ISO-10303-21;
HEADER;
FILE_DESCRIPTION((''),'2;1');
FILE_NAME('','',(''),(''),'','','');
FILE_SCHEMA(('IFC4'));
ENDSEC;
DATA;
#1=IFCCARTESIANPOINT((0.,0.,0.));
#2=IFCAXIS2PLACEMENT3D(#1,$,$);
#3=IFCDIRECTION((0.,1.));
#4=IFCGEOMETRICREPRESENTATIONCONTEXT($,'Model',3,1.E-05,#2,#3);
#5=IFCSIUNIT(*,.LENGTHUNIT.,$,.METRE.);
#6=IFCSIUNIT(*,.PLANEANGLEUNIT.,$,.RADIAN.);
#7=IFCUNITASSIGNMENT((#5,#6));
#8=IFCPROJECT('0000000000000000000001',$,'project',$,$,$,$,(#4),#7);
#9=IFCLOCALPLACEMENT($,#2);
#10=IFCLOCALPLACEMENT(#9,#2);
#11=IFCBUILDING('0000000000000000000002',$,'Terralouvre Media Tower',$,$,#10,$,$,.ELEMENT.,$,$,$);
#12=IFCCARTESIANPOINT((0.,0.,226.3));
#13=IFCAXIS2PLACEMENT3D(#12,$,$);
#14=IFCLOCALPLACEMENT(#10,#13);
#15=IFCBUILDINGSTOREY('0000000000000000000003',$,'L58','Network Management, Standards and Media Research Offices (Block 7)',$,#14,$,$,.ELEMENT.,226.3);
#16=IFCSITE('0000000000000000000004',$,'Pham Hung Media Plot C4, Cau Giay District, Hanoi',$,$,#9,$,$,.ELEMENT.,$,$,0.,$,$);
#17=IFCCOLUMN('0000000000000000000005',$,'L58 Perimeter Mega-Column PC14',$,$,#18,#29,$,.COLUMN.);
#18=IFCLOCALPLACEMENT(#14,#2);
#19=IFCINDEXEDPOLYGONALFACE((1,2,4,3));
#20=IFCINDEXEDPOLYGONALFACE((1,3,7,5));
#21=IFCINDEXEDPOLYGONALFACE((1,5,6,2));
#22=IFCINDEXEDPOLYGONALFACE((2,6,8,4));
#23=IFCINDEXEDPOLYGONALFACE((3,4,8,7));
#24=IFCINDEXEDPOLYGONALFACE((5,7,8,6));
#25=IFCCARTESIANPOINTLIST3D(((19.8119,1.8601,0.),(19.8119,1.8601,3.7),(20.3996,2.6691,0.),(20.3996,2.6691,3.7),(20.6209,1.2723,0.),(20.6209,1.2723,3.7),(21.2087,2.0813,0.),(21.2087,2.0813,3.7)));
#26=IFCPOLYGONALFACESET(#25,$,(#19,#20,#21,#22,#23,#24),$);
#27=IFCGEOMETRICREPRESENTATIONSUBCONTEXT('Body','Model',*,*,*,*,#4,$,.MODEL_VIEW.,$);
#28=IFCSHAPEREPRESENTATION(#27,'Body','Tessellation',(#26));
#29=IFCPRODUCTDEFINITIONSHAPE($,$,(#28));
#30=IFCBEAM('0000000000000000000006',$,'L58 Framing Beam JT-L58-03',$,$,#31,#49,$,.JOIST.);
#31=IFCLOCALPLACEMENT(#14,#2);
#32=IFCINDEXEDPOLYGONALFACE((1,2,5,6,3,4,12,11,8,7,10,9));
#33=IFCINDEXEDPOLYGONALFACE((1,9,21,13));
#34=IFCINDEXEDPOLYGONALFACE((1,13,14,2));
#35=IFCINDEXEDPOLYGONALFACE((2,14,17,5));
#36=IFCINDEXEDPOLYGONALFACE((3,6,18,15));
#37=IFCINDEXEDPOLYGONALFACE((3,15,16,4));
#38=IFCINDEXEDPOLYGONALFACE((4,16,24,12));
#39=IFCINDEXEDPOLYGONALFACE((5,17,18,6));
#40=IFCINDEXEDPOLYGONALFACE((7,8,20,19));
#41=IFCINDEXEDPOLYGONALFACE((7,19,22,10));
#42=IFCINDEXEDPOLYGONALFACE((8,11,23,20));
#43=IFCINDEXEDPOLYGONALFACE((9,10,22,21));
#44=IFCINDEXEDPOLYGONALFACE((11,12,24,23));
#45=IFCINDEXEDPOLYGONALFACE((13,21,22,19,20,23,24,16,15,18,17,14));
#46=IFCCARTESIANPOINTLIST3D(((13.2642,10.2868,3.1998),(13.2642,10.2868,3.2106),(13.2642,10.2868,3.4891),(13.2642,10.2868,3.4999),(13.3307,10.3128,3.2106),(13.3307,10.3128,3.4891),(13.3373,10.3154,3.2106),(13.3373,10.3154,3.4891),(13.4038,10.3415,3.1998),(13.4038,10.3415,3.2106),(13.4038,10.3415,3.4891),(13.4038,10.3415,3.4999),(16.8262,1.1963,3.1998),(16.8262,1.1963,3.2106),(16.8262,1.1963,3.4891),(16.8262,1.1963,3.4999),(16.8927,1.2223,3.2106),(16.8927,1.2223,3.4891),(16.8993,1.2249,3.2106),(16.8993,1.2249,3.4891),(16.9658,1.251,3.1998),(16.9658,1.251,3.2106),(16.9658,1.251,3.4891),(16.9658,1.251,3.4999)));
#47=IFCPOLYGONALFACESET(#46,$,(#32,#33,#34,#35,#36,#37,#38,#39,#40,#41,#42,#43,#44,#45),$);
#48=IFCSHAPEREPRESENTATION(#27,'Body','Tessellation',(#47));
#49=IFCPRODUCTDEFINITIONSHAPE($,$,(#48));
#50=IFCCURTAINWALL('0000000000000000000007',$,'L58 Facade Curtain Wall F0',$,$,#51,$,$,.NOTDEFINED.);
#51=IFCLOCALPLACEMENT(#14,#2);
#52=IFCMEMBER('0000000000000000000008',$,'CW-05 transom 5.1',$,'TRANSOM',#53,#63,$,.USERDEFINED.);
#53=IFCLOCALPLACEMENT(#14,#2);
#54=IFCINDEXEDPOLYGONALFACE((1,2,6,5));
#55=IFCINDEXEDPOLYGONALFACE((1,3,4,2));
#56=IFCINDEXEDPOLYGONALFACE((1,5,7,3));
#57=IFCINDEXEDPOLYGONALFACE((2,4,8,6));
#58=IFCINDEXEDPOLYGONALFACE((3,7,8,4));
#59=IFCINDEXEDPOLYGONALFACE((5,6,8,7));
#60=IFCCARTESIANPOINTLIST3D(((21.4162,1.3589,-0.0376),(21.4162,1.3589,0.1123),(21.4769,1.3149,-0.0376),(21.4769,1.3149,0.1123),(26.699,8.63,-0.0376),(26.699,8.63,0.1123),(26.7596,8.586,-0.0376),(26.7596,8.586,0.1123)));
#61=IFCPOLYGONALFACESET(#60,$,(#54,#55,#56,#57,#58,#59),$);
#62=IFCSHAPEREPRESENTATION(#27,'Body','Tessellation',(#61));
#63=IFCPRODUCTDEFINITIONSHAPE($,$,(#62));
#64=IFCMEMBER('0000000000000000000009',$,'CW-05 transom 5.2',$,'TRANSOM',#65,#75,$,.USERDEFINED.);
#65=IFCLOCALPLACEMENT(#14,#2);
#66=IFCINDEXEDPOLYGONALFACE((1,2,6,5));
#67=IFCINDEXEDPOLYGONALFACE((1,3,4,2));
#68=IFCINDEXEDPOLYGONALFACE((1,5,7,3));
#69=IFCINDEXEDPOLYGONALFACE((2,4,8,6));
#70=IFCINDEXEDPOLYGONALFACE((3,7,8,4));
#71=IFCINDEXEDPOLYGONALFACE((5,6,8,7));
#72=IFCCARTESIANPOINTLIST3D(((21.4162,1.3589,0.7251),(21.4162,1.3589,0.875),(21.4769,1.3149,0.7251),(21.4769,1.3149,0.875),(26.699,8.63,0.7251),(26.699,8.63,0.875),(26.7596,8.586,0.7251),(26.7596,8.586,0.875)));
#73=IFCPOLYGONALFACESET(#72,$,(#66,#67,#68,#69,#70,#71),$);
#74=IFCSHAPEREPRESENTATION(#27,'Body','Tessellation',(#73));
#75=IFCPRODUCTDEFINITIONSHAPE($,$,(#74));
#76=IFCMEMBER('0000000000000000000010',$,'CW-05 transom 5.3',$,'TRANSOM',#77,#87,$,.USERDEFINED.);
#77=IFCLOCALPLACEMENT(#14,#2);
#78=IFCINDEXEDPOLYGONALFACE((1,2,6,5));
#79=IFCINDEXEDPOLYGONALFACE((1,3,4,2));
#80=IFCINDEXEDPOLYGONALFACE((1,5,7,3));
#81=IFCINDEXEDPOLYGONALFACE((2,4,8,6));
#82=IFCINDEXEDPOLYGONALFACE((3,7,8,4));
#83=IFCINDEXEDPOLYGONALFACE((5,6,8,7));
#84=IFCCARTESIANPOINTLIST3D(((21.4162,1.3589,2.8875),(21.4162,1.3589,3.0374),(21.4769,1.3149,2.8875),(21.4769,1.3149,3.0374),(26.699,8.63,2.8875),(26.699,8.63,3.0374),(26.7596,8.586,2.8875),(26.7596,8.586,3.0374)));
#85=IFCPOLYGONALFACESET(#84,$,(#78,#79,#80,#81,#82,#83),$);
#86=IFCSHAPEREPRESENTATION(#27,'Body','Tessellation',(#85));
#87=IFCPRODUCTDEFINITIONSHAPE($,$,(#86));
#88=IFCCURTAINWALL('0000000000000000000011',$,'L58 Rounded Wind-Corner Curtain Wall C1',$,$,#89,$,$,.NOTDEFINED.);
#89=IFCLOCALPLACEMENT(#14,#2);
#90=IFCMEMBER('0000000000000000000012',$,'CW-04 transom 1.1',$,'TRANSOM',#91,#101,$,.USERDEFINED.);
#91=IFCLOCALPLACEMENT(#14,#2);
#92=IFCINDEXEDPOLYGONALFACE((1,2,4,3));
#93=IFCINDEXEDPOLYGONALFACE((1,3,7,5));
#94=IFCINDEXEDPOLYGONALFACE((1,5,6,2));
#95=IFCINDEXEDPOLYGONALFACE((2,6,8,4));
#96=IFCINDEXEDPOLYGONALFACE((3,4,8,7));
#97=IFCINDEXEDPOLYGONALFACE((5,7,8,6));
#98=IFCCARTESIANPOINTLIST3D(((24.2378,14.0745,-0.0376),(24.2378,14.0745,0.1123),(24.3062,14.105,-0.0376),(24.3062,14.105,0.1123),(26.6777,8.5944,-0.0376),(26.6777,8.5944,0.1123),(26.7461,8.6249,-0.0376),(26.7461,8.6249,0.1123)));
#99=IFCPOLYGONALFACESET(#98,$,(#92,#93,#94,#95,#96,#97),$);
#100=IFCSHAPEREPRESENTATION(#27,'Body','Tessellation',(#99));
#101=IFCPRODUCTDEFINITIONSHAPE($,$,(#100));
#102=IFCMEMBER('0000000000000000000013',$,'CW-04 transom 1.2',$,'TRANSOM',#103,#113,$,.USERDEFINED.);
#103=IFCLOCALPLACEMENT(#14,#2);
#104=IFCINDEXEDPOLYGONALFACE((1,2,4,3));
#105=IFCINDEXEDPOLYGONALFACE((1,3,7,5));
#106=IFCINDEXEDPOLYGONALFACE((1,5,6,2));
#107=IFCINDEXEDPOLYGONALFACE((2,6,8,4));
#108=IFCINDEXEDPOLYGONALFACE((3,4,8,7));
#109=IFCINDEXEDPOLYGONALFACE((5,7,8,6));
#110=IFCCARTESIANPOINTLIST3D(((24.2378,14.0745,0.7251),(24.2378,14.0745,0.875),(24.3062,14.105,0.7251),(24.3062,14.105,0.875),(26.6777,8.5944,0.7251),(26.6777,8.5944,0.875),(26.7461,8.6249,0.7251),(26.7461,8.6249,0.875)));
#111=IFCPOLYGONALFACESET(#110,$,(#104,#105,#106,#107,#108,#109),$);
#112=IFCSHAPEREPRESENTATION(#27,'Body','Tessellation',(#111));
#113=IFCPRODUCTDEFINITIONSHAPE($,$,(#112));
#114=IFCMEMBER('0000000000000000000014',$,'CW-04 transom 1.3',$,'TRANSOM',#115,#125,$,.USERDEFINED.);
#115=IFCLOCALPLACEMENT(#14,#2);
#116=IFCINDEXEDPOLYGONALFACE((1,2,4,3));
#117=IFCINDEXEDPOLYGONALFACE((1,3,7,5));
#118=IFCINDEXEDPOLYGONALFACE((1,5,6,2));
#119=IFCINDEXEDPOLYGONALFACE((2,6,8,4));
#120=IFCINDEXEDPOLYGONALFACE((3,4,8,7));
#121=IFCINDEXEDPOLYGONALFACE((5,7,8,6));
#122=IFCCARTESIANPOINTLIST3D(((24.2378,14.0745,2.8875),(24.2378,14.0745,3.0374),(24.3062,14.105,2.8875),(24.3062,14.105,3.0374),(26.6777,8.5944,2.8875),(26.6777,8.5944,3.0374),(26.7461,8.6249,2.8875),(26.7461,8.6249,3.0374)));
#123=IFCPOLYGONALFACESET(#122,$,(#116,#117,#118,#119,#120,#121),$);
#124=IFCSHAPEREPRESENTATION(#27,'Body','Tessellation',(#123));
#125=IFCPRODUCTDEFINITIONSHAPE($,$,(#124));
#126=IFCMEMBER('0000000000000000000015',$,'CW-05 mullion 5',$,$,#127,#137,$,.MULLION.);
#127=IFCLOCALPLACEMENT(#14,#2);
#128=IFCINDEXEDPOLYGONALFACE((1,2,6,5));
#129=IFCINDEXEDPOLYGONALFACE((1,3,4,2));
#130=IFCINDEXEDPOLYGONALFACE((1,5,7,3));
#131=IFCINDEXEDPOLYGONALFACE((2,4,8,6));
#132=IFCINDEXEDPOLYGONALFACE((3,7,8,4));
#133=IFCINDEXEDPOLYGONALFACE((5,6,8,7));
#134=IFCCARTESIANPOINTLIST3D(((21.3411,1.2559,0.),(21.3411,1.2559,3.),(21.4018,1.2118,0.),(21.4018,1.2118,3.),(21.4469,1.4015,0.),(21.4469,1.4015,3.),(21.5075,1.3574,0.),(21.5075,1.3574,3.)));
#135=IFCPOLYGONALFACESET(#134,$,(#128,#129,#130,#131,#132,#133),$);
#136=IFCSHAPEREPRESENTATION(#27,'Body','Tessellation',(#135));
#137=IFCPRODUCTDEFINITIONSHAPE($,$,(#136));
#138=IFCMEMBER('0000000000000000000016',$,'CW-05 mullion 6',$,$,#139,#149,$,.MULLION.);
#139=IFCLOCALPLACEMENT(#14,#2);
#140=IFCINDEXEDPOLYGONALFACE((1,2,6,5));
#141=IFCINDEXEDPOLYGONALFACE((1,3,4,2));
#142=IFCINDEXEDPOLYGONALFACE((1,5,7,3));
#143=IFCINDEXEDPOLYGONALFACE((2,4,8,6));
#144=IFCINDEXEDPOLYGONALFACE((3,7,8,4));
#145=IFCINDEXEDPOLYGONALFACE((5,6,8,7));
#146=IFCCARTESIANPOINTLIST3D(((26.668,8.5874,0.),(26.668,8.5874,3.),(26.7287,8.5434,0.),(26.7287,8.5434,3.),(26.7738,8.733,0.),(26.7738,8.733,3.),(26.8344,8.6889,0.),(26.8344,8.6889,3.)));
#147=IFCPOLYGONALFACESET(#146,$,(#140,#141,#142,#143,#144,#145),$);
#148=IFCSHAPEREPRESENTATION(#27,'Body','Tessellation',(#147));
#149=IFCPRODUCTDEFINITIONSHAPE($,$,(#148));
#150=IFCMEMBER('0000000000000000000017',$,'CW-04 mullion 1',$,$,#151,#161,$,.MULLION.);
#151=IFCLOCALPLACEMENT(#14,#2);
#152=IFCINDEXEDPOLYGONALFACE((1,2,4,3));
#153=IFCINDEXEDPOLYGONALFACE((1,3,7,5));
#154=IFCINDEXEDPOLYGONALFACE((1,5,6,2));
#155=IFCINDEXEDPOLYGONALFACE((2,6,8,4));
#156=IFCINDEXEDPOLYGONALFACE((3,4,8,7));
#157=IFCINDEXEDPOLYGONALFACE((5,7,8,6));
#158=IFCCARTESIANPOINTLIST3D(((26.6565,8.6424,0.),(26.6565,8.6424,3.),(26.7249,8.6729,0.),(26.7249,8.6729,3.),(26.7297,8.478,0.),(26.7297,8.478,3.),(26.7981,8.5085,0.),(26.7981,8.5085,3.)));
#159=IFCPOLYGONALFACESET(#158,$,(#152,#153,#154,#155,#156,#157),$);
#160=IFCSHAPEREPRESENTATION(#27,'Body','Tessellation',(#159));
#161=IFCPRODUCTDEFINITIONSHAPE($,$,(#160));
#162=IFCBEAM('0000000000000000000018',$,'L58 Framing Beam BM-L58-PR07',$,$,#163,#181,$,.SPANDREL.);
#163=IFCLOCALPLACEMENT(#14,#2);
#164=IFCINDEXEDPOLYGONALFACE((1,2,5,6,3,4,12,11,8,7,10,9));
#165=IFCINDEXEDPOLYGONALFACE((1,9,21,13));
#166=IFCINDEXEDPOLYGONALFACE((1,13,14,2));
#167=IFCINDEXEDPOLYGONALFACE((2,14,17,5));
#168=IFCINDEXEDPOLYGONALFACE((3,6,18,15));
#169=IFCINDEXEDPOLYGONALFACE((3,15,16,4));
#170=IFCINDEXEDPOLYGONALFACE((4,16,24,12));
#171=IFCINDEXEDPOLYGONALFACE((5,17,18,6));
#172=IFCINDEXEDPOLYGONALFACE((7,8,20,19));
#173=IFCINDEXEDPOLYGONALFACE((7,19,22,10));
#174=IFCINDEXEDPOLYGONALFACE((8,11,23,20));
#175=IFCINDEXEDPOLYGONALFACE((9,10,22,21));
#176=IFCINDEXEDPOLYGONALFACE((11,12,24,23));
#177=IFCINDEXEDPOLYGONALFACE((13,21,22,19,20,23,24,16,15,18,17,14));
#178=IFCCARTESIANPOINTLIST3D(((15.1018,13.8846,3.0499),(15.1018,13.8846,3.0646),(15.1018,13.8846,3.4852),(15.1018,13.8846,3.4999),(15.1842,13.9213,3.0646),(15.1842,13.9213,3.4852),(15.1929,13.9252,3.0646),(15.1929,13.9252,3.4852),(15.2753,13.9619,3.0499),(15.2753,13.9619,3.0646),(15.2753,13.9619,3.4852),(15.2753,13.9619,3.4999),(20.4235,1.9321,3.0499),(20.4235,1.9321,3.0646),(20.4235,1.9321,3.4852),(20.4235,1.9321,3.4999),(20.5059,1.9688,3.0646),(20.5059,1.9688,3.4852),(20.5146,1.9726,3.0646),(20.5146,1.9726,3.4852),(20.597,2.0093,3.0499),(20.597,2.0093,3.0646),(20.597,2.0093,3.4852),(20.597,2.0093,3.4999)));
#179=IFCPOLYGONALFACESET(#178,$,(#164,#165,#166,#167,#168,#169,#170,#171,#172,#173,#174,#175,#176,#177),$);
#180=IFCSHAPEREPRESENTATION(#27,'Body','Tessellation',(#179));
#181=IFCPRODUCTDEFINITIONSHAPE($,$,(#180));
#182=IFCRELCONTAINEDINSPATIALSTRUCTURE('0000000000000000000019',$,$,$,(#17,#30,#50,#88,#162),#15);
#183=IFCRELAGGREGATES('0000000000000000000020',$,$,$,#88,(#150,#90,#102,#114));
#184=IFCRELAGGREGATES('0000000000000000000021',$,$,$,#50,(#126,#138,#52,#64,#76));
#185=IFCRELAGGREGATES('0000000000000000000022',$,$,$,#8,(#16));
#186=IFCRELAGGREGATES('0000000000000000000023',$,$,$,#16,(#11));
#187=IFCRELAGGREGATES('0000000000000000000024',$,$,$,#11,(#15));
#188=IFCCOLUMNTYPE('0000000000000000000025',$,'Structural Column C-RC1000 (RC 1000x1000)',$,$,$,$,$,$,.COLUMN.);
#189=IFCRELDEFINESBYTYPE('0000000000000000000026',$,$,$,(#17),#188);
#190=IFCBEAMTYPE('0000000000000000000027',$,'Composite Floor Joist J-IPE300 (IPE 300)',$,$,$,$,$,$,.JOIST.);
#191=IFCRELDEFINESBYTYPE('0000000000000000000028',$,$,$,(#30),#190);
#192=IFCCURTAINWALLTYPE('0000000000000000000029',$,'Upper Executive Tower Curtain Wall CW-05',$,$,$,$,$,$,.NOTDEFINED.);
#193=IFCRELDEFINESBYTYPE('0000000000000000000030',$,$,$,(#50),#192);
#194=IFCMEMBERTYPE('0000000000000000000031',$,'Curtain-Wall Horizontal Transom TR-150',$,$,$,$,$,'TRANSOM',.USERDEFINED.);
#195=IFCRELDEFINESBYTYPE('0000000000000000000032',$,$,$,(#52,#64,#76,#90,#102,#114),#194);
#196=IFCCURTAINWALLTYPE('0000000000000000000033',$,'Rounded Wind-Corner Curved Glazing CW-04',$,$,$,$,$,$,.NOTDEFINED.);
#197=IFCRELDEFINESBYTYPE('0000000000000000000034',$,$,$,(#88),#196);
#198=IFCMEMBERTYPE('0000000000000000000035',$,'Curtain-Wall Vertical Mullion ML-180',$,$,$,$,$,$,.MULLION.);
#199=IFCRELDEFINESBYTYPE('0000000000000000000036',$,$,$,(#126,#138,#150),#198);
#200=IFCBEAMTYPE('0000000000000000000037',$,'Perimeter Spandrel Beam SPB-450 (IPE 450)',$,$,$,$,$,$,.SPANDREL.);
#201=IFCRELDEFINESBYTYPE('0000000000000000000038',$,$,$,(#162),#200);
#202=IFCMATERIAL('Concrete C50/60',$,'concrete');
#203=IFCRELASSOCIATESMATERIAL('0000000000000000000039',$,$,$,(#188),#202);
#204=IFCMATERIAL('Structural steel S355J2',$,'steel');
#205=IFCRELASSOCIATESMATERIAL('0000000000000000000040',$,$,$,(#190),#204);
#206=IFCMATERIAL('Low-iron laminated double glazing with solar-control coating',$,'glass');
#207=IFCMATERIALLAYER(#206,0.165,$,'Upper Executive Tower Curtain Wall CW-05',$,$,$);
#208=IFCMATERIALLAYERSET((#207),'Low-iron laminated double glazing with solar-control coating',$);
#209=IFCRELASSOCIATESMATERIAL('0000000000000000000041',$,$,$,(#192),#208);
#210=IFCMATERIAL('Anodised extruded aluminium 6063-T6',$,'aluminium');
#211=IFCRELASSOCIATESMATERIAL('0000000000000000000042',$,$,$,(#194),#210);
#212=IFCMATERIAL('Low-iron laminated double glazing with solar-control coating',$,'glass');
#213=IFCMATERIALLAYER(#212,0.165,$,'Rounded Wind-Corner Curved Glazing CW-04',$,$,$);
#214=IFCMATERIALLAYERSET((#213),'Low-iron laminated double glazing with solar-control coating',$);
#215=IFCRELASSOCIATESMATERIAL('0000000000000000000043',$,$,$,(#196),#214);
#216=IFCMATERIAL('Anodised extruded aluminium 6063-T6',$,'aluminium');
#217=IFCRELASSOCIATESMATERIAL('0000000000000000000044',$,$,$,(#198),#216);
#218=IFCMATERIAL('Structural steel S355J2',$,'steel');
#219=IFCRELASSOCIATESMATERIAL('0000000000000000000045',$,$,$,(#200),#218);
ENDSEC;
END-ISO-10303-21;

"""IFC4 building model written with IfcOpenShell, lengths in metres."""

from ifc_helpers import new_model, si_unit, direction, frame, origin, origin_2d, place, context, subcontext, project, spatial, rectangle, i_section, extrude, material, layer, layer_set, material_profile, profile_set, type_object, element, aggregate, save


model = new_model("IFC4")

# Units and contexts
model_context = context("Model", 3, precision=1e-05, world=origin(), true_north=direction((0.0, 1.0)))
body_context = subcontext(model_context, "Body", "Model", "MODEL_VIEW")
ifc_project = project(units=[si_unit("LENGTHUNIT", "METRE"), si_unit("PLANEANGLEUNIT", "RADIAN")], contexts=[model_context])

# Site, building, storey
site_placement = place(None, origin())
site = spatial("IfcSite", under=ifc_project, at=site_placement, Name="Pham Hung Media Plot C4, Cau Giay District, Hanoi", CompositionType="ELEMENT", RefElevation=0.0)
building_placement = place(site_placement, origin())
building = spatial("IfcBuilding", under=site, at=building_placement, Name="Terralouvre Media Tower", CompositionType="ELEMENT")
storey_placement = place(building_placement, frame((0.0, 0.0, 226.3)))
storey = spatial("IfcBuildingStorey", under=building, at=storey_placement, Name="L58", Description="Network Management, Standards and Media Research Offices (Block 7)", CompositionType="ELEMENT", Elevation=226.3)

# Column
ifc_material_1 = material(Name="Concrete C50/60", Category="concrete")
ifc_material_profile_1 = material_profile(ifc_material_1, rectangle(XDim=1.0, YDim=1.0, at=origin_2d()), Name="RC 1000x1000")
ifc_profile_set_1 = profile_set([ifc_material_profile_1], Name="Concrete C50/60")
column_type = type_object("IfcColumnType", Name="Structural Column C-RC1000 (RC 1000x1000)", PredefinedType="COLUMN", material=ifc_profile_set_1)
column_placement = place(storey_placement, frame((20.5103, 1.9707, 0.0), z_axis=(0.0, 0.0, 1.0), x_axis=(0.587785, 0.809017, 0.0)))
element("IfcColumn", 1, at=column_placement, inside=storey, type_object=column_type, Name="L58 Perimeter Mega-Column PC14", PredefinedType="COLUMN", context=body_context, shape_type="SweptSolid", body=[
    extrude(rectangle(XDim=1.0, YDim=1.0, at=origin_2d()), origin(), (0.0, 0.0, 1.0), 3.7),
])

# Beam
ifc_material_2 = material(Name="Structural steel S355J2", Category="steel")
ifc_material_profile_2 = material_profile(ifc_material_2, i_section(OverallWidth=0.1499, OverallDepth=0.3, WebThickness=0.0071, FlangeThickness=0.0107, at=origin_2d()), Name="IPE 300")
ifc_profile_set_2 = profile_set([ifc_material_profile_2], Name="Structural steel S355J2")
beam_type_1 = type_object("IfcBeamType", Name="Composite Floor Joist J-IPE300 (IPE 300)", PredefinedType="JOIST", material=ifc_profile_set_2)
beam_1_placement = place(storey_placement, frame((16.896, 1.2236, 3.3499), z_axis=(-0.364828, 0.931075, 0.0), x_axis=(-0.931075, -0.364828, 0.0)))
element("IfcBeam", 2, at=beam_1_placement, inside=storey, type_object=beam_type_1, Name="L58 Framing Beam JT-L58-03", PredefinedType="JOIST", context=body_context, shape_type="SweptSolid", body=[
    extrude(i_section(OverallWidth=0.1499, OverallDepth=0.3, WebThickness=0.0071, FlangeThickness=0.0107, at=origin_2d()), origin(), (0.0, 0.0, 1.0), 9.7634),
])

# Curtain walls, members
ifc_material_3 = material(Name="Low-iron laminated double glazing with solar-control coating", Category="glass")
ifc_layer_1 = layer(ifc_material_3, 0.165, Name="Upper Executive Tower Curtain Wall CW-05")
ifc_layer_set_1 = layer_set([ifc_layer_1], Name="Low-iron laminated double glazing with solar-control coating")
curtain_wall_type_1 = type_object("IfcCurtainWallType", Name="Upper Executive Tower Curtain Wall CW-05", PredefinedType="NOTDEFINED", material=ifc_layer_set_1)
curtain_wall_1_placement = place(storey_placement, origin())
curtain_wall_1 = element("IfcCurtainWall", 3, at=curtain_wall_1_placement, inside=storey, type_object=curtain_wall_type_1, Name="L58 Facade Curtain Wall F0", PredefinedType="NOTDEFINED")
ifc_material_4 = material(Name="Anodised extruded aluminium 6063-T6", Category="aluminium")
ifc_material_profile_3 = material_profile(ifc_material_4, rectangle(XDim=0.075, YDim=0.1499, at=origin_2d()), Name="ALU 75x150")
ifc_profile_set_3 = profile_set([ifc_material_profile_3], Name="Anodised extruded aluminium 6063-T6")
member_type_1 = type_object("IfcMemberType", Name="Curtain-Wall Horizontal Transom TR-150", ElementType="TRANSOM", PredefinedType="USERDEFINED", material=ifc_profile_set_3)
member_1_placement = place(storey_placement, frame((21.4465, 1.3369, 0.0374), z_axis=(0.587787, 0.809016, 0.0), x_axis=(-0.809016, 0.587787, 0.0)))
member_1 = element("IfcMember", 4, at=member_1_placement, type_object=member_type_1, Name="CW-05 transom 5.1", ObjectType="TRANSOM", PredefinedType="USERDEFINED", context=body_context, shape_type="SweptSolid", body=[
    extrude(rectangle(XDim=0.075, YDim=0.1499, at=origin_2d()), origin(), (0.0, 0.0, 1.0), 8.9875),
])
member_2_placement = place(storey_placement, frame((21.4465, 1.3369, 0.8), z_axis=(0.587787, 0.809016, 0.0), x_axis=(-0.809016, 0.587787, 0.0)))
member_2 = element("IfcMember", 5, at=member_2_placement, type_object=member_type_1, Name="CW-05 transom 5.2", ObjectType="TRANSOM", PredefinedType="USERDEFINED", context=body_context, shape_type="SweptSolid", body=[
    extrude(rectangle(XDim=0.075, YDim=0.1499, at=origin_2d()), origin(), (0.0, 0.0, 1.0), 8.9875),
])
member_3_placement = place(storey_placement, frame((21.4465, 1.3369, 2.9624), z_axis=(0.587787, 0.809016, 0.0), x_axis=(-0.809016, 0.587787, 0.0)))
member_3 = element("IfcMember", 6, at=member_3_placement, type_object=member_type_1, Name="CW-05 transom 5.3", ObjectType="TRANSOM", PredefinedType="USERDEFINED", context=body_context, shape_type="SweptSolid", body=[
    extrude(rectangle(XDim=0.075, YDim=0.1499, at=origin_2d()), origin(), (0.0, 0.0, 1.0), 8.9875),
])
ifc_material_5 = material(Name="Low-iron laminated double glazing with solar-control coating", Category="glass")
ifc_layer_2 = layer(ifc_material_5, 0.165, Name="Rounded Wind-Corner Curved Glazing CW-04")
ifc_layer_set_2 = layer_set([ifc_layer_2], Name="Low-iron laminated double glazing with solar-control coating")
curtain_wall_type_2 = type_object("IfcCurtainWallType", Name="Rounded Wind-Corner Curved Glazing CW-04", PredefinedType="NOTDEFINED", material=ifc_layer_set_2)
curtain_wall_2_placement = place(storey_placement, origin())
curtain_wall_2 = element("IfcCurtainWall", 7, at=curtain_wall_2_placement, inside=storey, type_object=curtain_wall_type_2, Name="L58 Rounded Wind-Corner Curtain Wall C1", PredefinedType="NOTDEFINED")
member_4_placement = place(storey_placement, frame((26.7119, 8.6096, 0.0374), z_axis=(-0.406735, 0.913546, 0.0), x_axis=(-0.913546, -0.406735, 0.0)))
member_4 = element("IfcMember", 8, at=member_4_placement, type_object=member_type_1, Name="CW-04 transom 1.1", ObjectType="TRANSOM", PredefinedType="USERDEFINED", context=body_context, shape_type="SweptSolid", body=[
    extrude(rectangle(XDim=0.075, YDim=0.1499, at=origin_2d()), origin(), (0.0, 0.0, 1.0), 5.9988),
])
member_5_placement = place(storey_placement, frame((26.7119, 8.6096, 0.8), z_axis=(-0.406735, 0.913546, 0.0), x_axis=(-0.913546, -0.406735, 0.0)))
member_5 = element("IfcMember", 9, at=member_5_placement, type_object=member_type_1, Name="CW-04 transom 1.2", ObjectType="TRANSOM", PredefinedType="USERDEFINED", context=body_context, shape_type="SweptSolid", body=[
    extrude(rectangle(XDim=0.075, YDim=0.1499, at=origin_2d()), origin(), (0.0, 0.0, 1.0), 5.9988),
])
member_6_placement = place(storey_placement, frame((26.7119, 8.6096, 2.9624), z_axis=(-0.406735, 0.913546, 0.0), x_axis=(-0.913546, -0.406735, 0.0)))
member_6 = element("IfcMember", 10, at=member_6_placement, type_object=member_type_1, Name="CW-04 transom 1.3", ObjectType="TRANSOM", PredefinedType="USERDEFINED", context=body_context, shape_type="SweptSolid", body=[
    extrude(rectangle(XDim=0.075, YDim=0.1499, at=origin_2d()), origin(), (0.0, 0.0, 1.0), 5.9988),
])

# Members
ifc_material_6 = material(Name="Anodised extruded aluminium 6063-T6", Category="aluminium")
ifc_material_profile_4 = material_profile(ifc_material_6, rectangle(XDim=0.075, YDim=0.1799, at=origin_2d()), Name="ALU 75x180")
ifc_profile_set_4 = profile_set([ifc_material_profile_4], Name="Anodised extruded aluminium 6063-T6")
member_type_2 = type_object("IfcMemberType", Name="Curtain-Wall Vertical Mullion ML-180", PredefinedType="MULLION", material=ifc_profile_set_4)
member_7_placement = place(storey_placement, frame((21.4243, 1.3066, 0.0), z_axis=(0.0, 0.0, 1.0), x_axis=(-0.809017, 0.587785, 0.0)))
member_7 = element("IfcMember", 11, at=member_7_placement, type_object=member_type_2, Name="CW-05 mullion 5", PredefinedType="MULLION", context=body_context, shape_type="SweptSolid", body=[
    extrude(rectangle(XDim=0.075, YDim=0.1799, at=origin_2d()), origin(), (0.0, 0.0, 1.0), 3.0),
])
member_8_placement = place(storey_placement, frame((26.7512, 8.6382, 0.0), z_axis=(0.0, 0.0, 1.0), x_axis=(-0.809017, 0.587785, 0.0)))
member_8 = element("IfcMember", 12, at=member_8_placement, type_object=member_type_2, Name="CW-05 mullion 6", PredefinedType="MULLION", context=body_context, shape_type="SweptSolid", body=[
    extrude(rectangle(XDim=0.075, YDim=0.1799, at=origin_2d()), origin(), (0.0, 0.0, 1.0), 3.0),
])
member_9_placement = place(storey_placement, frame((26.7273, 8.5754, 0.0), z_axis=(0.0, 0.0, 1.0), x_axis=(-0.913545, -0.406737, 0.0)))
member_9 = element("IfcMember", 13, at=member_9_placement, type_object=member_type_2, Name="CW-04 mullion 1", PredefinedType="MULLION", context=body_context, shape_type="SweptSolid", body=[
    extrude(rectangle(XDim=0.075, YDim=0.1799, at=origin_2d()), origin(), (0.0, 0.0, 1.0), 3.0),
])
aggregate(curtain_wall_2, [member_9, member_4, member_5, member_6])

# Beam
ifc_material_7 = material(Name="Structural steel S355J2", Category="steel")
ifc_material_profile_5 = material_profile(ifc_material_7, i_section(OverallWidth=0.1899, OverallDepth=0.45, WebThickness=0.0095, FlangeThickness=0.0146, at=origin_2d()), Name="IPE 450")
ifc_profile_set_5 = profile_set([ifc_material_profile_5], Name="Structural steel S355J2")
beam_type_2 = type_object("IfcBeamType", Name="Perimeter Spandrel Beam SPB-450 (IPE 450)", PredefinedType="SPANDREL", material=ifc_profile_set_5)
beam_2_placement = place(storey_placement, frame((20.5103, 1.9707, 3.2749), z_axis=(-0.406744, 0.913542, 0.0), x_axis=(-0.913542, -0.406744, 0.0)))
element("IfcBeam", 14, at=beam_2_placement, inside=storey, type_object=beam_type_2, Name="L58 Framing Beam BM-L58-PR07", PredefinedType="SPANDREL", context=body_context, shape_type="SweptSolid", body=[
    extrude(i_section(OverallWidth=0.1899, OverallDepth=0.45, WebThickness=0.0095, FlangeThickness=0.0146, at=origin_2d()), origin(), (0.0, 0.0, 1.0), 13.0837),
])

aggregate(curtain_wall_1, [member_7, member_8, member_1, member_2, member_3])

save(model, "model.ifc")
